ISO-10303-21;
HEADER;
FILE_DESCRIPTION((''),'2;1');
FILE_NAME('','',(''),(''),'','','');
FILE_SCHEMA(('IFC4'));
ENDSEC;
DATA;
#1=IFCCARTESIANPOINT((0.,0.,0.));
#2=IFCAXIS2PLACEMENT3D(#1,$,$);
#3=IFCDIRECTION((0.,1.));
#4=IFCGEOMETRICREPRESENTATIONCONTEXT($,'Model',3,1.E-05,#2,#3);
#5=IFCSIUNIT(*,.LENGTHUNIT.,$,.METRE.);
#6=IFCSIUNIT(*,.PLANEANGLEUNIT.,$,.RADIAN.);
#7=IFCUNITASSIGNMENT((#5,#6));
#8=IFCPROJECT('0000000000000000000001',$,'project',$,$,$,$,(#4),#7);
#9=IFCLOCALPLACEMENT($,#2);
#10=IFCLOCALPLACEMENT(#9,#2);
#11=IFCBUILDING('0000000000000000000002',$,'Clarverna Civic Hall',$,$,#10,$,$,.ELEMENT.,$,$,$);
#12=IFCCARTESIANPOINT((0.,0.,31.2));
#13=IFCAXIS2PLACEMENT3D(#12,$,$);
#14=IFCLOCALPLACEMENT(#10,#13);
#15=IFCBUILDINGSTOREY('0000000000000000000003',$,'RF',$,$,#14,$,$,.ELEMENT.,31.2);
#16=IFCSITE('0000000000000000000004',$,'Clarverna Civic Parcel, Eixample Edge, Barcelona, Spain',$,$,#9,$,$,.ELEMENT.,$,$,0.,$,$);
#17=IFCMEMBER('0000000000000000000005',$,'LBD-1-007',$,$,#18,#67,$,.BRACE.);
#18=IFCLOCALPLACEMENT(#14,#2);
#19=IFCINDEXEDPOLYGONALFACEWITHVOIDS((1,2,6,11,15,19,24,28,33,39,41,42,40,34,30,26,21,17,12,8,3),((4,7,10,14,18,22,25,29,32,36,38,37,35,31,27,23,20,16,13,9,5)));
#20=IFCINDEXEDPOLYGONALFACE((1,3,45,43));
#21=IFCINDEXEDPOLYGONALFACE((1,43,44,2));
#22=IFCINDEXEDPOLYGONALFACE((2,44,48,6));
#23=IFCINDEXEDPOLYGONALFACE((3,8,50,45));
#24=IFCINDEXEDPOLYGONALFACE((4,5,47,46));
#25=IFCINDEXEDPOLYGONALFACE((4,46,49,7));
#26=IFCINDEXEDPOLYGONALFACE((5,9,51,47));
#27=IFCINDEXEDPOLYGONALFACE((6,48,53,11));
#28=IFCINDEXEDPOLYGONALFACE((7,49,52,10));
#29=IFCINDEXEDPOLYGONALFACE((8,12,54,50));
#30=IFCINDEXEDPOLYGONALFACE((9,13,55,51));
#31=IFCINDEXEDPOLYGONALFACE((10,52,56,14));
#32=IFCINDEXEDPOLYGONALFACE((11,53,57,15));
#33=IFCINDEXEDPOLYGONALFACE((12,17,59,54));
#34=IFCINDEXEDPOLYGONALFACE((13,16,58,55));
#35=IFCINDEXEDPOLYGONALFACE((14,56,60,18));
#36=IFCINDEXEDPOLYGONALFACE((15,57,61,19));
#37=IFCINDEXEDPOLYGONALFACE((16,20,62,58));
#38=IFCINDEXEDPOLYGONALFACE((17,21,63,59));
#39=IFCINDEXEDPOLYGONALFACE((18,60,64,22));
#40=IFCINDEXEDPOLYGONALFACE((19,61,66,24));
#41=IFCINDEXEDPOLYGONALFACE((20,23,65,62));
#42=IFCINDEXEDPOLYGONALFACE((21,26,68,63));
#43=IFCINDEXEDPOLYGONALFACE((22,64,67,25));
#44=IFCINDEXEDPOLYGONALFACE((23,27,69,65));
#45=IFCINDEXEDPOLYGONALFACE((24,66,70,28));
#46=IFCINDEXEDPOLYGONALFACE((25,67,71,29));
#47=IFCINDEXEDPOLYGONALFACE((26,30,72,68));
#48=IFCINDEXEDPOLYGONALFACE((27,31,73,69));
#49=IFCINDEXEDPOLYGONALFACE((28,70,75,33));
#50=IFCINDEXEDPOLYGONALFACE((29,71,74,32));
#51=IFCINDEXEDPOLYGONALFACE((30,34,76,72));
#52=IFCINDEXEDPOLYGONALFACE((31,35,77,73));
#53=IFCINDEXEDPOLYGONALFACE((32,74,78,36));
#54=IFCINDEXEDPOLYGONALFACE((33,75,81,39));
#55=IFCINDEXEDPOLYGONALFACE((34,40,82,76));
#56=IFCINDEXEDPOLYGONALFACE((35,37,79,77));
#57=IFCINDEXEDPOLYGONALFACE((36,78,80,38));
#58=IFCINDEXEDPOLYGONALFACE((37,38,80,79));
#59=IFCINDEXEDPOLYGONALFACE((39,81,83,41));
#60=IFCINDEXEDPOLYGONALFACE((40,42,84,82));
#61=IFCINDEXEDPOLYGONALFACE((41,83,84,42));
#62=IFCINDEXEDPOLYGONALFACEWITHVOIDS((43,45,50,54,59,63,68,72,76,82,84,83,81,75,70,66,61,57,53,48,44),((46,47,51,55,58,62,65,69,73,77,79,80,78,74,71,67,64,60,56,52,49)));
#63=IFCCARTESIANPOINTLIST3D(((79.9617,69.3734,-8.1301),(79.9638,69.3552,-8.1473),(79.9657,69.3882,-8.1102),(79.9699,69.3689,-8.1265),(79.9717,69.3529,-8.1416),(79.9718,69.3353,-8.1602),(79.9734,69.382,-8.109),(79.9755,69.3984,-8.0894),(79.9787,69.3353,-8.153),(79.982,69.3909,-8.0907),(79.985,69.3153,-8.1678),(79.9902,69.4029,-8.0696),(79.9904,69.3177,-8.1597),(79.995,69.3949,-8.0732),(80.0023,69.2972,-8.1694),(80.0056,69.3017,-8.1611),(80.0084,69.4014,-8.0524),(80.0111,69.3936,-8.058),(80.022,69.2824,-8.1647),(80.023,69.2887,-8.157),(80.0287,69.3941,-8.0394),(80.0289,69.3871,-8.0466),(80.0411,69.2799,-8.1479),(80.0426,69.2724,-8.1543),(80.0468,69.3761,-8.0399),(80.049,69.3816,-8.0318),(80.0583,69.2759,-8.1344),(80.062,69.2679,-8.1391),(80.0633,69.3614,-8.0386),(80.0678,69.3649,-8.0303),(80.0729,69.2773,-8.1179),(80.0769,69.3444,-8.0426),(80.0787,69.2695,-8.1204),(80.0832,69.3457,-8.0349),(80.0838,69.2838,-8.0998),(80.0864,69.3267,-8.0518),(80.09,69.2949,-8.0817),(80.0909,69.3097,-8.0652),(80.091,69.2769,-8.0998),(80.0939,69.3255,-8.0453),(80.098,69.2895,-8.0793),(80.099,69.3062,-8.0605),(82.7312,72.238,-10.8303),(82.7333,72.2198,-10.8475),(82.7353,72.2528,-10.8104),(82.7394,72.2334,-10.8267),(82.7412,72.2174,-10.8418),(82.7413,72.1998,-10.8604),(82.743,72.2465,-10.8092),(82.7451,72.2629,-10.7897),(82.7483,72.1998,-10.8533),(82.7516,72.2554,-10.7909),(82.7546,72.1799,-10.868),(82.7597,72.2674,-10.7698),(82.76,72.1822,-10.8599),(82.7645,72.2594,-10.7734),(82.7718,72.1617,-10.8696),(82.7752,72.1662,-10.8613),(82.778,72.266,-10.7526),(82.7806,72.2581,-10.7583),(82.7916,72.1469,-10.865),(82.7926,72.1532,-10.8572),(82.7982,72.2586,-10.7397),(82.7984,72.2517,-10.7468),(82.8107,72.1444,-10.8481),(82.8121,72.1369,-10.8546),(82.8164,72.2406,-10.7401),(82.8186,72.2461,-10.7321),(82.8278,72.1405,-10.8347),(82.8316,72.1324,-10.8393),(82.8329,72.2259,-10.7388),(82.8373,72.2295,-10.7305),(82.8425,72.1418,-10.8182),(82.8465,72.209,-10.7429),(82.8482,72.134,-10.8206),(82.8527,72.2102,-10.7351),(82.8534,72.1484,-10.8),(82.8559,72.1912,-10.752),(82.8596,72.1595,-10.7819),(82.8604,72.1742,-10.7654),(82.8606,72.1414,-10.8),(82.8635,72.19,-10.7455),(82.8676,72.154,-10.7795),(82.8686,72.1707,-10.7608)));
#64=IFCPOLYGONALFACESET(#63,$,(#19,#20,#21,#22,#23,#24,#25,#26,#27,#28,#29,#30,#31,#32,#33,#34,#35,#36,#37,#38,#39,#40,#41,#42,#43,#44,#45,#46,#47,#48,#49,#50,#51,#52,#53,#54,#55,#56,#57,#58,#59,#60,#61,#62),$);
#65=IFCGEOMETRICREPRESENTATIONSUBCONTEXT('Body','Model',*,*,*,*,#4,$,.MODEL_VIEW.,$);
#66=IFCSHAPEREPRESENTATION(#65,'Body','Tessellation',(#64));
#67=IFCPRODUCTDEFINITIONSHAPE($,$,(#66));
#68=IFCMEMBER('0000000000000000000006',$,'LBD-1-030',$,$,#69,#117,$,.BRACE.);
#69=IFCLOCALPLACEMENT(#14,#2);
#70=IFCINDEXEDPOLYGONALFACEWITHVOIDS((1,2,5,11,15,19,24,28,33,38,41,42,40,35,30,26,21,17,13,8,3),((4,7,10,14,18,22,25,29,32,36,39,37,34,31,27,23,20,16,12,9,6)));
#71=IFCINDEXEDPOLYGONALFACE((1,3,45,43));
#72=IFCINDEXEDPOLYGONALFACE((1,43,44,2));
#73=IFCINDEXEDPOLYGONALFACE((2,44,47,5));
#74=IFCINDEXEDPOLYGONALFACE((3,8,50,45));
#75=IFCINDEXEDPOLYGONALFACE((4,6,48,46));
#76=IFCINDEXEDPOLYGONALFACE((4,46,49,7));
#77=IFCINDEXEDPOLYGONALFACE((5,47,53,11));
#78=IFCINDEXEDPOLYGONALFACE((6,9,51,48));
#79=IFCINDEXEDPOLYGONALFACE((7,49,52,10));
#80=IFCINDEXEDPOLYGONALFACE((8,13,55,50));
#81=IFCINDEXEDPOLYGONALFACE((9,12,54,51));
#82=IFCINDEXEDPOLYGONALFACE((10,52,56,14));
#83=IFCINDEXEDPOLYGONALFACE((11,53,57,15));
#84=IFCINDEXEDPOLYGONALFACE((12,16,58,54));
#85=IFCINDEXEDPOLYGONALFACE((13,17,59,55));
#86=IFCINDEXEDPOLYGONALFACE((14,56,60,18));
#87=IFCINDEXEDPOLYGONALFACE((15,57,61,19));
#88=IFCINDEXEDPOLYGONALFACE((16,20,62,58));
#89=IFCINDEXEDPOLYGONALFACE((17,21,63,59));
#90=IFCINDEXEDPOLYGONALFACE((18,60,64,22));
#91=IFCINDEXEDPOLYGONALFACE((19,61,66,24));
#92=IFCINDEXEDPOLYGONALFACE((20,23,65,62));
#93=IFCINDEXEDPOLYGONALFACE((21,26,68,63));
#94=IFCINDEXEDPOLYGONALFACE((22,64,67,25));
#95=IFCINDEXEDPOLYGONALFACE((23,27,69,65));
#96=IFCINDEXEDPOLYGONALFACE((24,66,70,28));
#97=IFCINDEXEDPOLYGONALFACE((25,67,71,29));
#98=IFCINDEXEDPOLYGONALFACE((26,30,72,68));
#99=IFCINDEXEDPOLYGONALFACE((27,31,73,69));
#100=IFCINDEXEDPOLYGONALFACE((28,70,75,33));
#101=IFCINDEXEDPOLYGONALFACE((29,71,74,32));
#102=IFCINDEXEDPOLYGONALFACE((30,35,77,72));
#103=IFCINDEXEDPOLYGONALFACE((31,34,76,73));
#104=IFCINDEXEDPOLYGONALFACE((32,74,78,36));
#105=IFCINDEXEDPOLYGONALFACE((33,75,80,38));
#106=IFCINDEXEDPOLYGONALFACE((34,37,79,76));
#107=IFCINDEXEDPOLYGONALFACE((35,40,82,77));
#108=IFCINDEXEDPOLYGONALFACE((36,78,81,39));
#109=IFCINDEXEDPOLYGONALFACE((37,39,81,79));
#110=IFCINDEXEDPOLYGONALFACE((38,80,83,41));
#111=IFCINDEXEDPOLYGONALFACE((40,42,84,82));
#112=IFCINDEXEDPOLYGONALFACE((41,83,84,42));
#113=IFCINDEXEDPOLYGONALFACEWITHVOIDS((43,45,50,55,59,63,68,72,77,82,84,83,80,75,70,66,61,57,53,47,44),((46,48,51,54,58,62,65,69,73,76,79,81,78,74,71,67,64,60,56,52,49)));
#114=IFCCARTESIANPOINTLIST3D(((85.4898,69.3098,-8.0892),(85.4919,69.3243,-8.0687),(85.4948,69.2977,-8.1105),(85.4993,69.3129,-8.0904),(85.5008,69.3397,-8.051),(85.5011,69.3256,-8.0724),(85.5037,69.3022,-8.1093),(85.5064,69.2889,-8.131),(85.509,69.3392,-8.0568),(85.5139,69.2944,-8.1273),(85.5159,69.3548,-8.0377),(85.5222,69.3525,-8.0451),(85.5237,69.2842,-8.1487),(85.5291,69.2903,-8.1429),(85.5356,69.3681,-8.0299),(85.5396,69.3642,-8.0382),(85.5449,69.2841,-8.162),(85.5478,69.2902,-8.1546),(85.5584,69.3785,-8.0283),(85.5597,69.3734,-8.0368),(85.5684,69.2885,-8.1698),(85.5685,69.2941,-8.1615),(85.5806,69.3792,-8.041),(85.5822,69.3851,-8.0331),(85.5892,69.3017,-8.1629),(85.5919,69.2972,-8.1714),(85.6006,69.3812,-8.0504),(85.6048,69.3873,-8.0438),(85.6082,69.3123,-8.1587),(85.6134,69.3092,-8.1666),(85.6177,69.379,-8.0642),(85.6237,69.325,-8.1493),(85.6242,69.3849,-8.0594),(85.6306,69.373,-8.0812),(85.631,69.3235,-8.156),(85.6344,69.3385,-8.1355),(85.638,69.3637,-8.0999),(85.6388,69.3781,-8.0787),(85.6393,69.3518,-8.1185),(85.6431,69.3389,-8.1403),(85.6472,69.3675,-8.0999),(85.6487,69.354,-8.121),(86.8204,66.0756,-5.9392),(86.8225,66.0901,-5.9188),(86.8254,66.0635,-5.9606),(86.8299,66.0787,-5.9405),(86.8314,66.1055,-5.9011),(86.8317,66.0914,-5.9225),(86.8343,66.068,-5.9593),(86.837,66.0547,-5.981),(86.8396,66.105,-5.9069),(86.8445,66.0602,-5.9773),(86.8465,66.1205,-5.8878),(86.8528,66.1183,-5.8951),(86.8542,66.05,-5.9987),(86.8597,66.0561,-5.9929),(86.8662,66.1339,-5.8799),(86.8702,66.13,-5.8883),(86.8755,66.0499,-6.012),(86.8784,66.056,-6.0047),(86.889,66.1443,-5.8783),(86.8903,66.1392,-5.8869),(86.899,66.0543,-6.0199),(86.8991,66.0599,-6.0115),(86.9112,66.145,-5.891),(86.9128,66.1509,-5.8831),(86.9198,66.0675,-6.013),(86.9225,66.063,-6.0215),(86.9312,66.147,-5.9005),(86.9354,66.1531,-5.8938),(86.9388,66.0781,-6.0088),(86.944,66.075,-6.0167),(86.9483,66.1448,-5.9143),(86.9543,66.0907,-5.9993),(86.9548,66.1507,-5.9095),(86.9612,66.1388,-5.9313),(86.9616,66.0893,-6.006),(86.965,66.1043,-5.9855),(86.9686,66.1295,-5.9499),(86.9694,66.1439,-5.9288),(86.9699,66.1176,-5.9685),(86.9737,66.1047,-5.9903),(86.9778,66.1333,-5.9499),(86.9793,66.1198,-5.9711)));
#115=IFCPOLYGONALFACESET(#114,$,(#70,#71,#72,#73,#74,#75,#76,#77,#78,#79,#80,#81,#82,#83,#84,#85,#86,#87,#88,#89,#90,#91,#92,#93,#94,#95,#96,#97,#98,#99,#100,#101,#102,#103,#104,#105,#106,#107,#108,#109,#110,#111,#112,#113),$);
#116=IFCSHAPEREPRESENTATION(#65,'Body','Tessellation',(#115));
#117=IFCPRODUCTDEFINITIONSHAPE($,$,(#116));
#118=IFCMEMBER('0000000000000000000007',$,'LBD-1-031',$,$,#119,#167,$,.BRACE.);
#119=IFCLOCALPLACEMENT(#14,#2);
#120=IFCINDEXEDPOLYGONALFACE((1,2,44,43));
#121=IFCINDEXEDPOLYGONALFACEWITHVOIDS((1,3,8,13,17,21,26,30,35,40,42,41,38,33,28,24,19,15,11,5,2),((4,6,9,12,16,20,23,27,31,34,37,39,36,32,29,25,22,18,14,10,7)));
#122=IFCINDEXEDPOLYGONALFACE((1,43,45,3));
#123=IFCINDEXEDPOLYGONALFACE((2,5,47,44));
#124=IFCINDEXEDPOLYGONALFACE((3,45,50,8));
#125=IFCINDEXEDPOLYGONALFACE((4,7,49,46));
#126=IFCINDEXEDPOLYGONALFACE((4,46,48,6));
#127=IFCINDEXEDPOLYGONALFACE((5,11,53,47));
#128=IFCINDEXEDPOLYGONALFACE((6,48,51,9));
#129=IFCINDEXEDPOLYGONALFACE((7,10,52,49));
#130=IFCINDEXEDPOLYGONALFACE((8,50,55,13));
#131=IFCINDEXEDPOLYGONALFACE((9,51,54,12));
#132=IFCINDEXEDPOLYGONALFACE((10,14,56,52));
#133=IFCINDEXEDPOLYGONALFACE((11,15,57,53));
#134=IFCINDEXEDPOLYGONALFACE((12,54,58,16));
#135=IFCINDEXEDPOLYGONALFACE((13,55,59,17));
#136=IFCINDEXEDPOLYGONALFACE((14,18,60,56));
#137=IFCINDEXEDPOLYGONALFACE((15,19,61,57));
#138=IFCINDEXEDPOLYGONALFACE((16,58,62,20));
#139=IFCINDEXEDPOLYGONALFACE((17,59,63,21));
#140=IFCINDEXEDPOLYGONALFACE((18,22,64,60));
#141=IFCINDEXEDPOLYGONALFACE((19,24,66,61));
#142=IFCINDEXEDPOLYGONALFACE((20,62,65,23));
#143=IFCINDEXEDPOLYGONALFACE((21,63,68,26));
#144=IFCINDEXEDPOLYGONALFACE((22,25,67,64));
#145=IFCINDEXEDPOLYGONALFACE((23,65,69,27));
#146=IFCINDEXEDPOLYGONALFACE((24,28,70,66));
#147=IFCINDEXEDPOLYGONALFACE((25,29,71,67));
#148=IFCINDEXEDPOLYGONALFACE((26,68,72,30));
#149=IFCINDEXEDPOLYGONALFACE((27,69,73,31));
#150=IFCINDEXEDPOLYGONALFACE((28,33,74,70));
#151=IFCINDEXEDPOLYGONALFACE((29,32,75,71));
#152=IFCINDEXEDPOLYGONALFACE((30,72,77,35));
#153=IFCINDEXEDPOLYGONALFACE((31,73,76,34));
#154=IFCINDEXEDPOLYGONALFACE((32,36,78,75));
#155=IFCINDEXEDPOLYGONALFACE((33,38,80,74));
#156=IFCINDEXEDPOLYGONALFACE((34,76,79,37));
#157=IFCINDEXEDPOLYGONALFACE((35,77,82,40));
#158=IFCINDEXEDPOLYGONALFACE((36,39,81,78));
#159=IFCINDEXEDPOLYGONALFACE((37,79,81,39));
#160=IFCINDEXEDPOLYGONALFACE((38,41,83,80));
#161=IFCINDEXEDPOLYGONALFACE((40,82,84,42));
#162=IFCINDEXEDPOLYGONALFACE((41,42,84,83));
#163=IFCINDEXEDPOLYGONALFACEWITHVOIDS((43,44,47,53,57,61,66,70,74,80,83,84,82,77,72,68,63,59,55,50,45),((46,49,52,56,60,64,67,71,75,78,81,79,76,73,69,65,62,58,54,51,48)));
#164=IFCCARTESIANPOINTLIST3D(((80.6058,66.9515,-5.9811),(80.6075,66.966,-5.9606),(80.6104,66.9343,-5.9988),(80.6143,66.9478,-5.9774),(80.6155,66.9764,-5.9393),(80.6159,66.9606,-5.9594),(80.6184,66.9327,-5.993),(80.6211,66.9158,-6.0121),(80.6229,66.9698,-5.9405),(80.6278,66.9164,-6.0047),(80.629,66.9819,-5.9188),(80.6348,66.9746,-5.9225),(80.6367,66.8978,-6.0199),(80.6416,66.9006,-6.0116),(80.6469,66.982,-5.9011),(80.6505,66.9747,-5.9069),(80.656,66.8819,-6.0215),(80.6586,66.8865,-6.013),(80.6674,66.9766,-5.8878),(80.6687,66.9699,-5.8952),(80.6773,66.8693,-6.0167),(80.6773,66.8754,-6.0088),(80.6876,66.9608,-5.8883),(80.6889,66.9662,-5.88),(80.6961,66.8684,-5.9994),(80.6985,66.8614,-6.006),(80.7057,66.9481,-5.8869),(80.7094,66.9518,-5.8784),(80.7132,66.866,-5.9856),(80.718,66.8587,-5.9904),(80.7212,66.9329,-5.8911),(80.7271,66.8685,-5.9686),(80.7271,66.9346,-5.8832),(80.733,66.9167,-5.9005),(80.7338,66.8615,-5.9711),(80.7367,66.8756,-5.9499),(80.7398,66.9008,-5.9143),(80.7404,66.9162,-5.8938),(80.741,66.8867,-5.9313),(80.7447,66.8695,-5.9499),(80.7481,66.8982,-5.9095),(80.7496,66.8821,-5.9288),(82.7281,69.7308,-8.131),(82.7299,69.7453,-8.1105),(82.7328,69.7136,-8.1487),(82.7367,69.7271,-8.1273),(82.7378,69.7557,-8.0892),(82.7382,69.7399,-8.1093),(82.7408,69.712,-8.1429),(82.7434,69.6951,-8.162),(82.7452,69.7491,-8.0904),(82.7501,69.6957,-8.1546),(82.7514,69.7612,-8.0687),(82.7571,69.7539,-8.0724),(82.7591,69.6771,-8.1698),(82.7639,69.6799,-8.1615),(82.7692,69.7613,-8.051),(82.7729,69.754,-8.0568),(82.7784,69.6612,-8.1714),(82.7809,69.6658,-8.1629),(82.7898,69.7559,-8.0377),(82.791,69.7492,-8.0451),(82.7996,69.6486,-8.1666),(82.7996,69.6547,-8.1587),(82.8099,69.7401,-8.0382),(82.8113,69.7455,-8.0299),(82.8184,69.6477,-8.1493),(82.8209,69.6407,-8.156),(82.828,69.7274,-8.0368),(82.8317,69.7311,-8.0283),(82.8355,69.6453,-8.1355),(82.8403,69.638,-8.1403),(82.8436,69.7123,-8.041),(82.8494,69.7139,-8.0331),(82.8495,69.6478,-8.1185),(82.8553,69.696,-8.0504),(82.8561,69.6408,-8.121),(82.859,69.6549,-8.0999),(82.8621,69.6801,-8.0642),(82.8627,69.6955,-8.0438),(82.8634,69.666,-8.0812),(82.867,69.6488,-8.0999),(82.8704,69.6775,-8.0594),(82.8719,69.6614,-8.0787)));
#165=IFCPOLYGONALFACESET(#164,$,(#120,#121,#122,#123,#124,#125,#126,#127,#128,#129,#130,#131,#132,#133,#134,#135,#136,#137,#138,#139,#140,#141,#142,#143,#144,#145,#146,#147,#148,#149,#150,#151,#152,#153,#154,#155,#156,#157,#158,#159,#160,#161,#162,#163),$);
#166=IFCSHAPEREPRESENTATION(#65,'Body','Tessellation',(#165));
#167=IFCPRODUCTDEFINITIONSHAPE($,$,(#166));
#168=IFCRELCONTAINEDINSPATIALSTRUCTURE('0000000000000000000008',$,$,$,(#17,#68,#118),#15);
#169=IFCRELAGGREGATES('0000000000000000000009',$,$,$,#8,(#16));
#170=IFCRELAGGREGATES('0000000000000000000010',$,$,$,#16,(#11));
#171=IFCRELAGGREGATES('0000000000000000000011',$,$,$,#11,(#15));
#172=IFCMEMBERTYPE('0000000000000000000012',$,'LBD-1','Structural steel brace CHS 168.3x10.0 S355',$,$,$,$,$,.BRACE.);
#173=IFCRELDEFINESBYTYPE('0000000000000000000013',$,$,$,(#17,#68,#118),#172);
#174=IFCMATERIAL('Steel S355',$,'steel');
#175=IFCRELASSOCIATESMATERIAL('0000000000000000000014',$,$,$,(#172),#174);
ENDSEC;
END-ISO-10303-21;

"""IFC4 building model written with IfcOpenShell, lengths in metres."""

from ifc_helpers import new_model, si_unit, direction, frame, origin, origin_2d, place, context, subcontext, project, spatial, hollow_circle, extrude, material, material_profile, profile_set, type_object, element, save


model = new_model("IFC4")

# Units and contexts
model_context = context("Model", 3, precision=1e-05, world=origin(), true_north=direction((0.0, 1.0)))
body_context = subcontext(model_context, "Body", "Model", "MODEL_VIEW")
ifc_project = project(units=[si_unit("LENGTHUNIT", "METRE"), si_unit("PLANEANGLEUNIT", "RADIAN")], contexts=[model_context])

# Site, building, storey
site_placement = place(None, origin())
site = spatial("IfcSite", under=ifc_project, at=site_placement, Name="Clarverna Civic Parcel, Eixample Edge, Barcelona, Spain", CompositionType="ELEMENT", RefElevation=0.0)
building_placement = place(site_placement, origin())
building = spatial("IfcBuilding", under=site, at=building_placement, Name="Clarverna Civic Hall", CompositionType="ELEMENT")
storey_placement = place(building_placement, frame((0.0, 0.0, 31.2)))
storey = spatial("IfcBuildingStorey", under=building, at=storey_placement, Name="RF", CompositionType="ELEMENT", Elevation=31.2)

# Members
ifc_material_1 = material(Name="Steel S355", Category="steel")
ifc_material_profile_1 = material_profile(ifc_material_1, hollow_circle(Radius=0.0842, WallThickness=0.01, at=origin_2d()), Name="CHS 168.3x10.0")
ifc_profile_set_1 = profile_set([ifc_material_profile_1], Name="Steel S355")
member_type_1 = type_object("IfcMemberType", Name="LBD-1", Description="Structural steel brace CHS 168.3x10.0 S355", PredefinedType="BRACE", material=ifc_profile_set_1)
member_1_placement = place(storey_placement, frame((82.8, 72.2, -10.8), z_axis=(-0.575405, -0.595137, 0.561), x_axis=(0.718924, -0.695089, 0.0)))
element("IfcMember", 1, at=member_1_placement, inside=storey, type_object=member_type_1, Name="LBD-1-007", PredefinedType="BRACE", context=body_context, shape_type="SweptSolid", body=[
    extrude(hollow_circle(Radius=0.0842, WallThickness=0.01, at=origin_2d()), origin(), (0.0, 0.0, 1.0), 4.8132),
])
member_2_placement = place(storey_placement, frame((85.5693, 69.3354, -8.0999), z_axis=(0.324123, -0.787827, 0.523711), x_axis=(0.924792, 0.380472, 0.0)))
element("IfcMember", 2, at=member_2_placement, inside=storey, type_object=member_type_1, Name="LBD-1-030", PredefinedType="BRACE", context=body_context, shape_type="SweptSolid", body=[
    extrude(hollow_circle(Radius=0.0842, WallThickness=0.01, at=origin_2d()), origin(), (0.0, 0.0, 1.0), 4.1052),
])
member_3_placement = place(storey_placement, frame((82.8, 69.7, -8.0999), z_axis=(-0.517011, -0.677056, 0.523731), x_axis=(0.794776, -0.606903, 0.0)))
element("IfcMember", 3, at=member_3_placement, inside=storey, type_object=member_type_1, Name="LBD-1-031", PredefinedType="BRACE", context=body_context, shape_type="SweptSolid", body=[
    extrude(hollow_circle(Radius=0.0842, WallThickness=0.01, at=origin_2d()), origin(), (0.0, 0.0, 1.0), 4.105),
])

save(model, "model.ifc")
